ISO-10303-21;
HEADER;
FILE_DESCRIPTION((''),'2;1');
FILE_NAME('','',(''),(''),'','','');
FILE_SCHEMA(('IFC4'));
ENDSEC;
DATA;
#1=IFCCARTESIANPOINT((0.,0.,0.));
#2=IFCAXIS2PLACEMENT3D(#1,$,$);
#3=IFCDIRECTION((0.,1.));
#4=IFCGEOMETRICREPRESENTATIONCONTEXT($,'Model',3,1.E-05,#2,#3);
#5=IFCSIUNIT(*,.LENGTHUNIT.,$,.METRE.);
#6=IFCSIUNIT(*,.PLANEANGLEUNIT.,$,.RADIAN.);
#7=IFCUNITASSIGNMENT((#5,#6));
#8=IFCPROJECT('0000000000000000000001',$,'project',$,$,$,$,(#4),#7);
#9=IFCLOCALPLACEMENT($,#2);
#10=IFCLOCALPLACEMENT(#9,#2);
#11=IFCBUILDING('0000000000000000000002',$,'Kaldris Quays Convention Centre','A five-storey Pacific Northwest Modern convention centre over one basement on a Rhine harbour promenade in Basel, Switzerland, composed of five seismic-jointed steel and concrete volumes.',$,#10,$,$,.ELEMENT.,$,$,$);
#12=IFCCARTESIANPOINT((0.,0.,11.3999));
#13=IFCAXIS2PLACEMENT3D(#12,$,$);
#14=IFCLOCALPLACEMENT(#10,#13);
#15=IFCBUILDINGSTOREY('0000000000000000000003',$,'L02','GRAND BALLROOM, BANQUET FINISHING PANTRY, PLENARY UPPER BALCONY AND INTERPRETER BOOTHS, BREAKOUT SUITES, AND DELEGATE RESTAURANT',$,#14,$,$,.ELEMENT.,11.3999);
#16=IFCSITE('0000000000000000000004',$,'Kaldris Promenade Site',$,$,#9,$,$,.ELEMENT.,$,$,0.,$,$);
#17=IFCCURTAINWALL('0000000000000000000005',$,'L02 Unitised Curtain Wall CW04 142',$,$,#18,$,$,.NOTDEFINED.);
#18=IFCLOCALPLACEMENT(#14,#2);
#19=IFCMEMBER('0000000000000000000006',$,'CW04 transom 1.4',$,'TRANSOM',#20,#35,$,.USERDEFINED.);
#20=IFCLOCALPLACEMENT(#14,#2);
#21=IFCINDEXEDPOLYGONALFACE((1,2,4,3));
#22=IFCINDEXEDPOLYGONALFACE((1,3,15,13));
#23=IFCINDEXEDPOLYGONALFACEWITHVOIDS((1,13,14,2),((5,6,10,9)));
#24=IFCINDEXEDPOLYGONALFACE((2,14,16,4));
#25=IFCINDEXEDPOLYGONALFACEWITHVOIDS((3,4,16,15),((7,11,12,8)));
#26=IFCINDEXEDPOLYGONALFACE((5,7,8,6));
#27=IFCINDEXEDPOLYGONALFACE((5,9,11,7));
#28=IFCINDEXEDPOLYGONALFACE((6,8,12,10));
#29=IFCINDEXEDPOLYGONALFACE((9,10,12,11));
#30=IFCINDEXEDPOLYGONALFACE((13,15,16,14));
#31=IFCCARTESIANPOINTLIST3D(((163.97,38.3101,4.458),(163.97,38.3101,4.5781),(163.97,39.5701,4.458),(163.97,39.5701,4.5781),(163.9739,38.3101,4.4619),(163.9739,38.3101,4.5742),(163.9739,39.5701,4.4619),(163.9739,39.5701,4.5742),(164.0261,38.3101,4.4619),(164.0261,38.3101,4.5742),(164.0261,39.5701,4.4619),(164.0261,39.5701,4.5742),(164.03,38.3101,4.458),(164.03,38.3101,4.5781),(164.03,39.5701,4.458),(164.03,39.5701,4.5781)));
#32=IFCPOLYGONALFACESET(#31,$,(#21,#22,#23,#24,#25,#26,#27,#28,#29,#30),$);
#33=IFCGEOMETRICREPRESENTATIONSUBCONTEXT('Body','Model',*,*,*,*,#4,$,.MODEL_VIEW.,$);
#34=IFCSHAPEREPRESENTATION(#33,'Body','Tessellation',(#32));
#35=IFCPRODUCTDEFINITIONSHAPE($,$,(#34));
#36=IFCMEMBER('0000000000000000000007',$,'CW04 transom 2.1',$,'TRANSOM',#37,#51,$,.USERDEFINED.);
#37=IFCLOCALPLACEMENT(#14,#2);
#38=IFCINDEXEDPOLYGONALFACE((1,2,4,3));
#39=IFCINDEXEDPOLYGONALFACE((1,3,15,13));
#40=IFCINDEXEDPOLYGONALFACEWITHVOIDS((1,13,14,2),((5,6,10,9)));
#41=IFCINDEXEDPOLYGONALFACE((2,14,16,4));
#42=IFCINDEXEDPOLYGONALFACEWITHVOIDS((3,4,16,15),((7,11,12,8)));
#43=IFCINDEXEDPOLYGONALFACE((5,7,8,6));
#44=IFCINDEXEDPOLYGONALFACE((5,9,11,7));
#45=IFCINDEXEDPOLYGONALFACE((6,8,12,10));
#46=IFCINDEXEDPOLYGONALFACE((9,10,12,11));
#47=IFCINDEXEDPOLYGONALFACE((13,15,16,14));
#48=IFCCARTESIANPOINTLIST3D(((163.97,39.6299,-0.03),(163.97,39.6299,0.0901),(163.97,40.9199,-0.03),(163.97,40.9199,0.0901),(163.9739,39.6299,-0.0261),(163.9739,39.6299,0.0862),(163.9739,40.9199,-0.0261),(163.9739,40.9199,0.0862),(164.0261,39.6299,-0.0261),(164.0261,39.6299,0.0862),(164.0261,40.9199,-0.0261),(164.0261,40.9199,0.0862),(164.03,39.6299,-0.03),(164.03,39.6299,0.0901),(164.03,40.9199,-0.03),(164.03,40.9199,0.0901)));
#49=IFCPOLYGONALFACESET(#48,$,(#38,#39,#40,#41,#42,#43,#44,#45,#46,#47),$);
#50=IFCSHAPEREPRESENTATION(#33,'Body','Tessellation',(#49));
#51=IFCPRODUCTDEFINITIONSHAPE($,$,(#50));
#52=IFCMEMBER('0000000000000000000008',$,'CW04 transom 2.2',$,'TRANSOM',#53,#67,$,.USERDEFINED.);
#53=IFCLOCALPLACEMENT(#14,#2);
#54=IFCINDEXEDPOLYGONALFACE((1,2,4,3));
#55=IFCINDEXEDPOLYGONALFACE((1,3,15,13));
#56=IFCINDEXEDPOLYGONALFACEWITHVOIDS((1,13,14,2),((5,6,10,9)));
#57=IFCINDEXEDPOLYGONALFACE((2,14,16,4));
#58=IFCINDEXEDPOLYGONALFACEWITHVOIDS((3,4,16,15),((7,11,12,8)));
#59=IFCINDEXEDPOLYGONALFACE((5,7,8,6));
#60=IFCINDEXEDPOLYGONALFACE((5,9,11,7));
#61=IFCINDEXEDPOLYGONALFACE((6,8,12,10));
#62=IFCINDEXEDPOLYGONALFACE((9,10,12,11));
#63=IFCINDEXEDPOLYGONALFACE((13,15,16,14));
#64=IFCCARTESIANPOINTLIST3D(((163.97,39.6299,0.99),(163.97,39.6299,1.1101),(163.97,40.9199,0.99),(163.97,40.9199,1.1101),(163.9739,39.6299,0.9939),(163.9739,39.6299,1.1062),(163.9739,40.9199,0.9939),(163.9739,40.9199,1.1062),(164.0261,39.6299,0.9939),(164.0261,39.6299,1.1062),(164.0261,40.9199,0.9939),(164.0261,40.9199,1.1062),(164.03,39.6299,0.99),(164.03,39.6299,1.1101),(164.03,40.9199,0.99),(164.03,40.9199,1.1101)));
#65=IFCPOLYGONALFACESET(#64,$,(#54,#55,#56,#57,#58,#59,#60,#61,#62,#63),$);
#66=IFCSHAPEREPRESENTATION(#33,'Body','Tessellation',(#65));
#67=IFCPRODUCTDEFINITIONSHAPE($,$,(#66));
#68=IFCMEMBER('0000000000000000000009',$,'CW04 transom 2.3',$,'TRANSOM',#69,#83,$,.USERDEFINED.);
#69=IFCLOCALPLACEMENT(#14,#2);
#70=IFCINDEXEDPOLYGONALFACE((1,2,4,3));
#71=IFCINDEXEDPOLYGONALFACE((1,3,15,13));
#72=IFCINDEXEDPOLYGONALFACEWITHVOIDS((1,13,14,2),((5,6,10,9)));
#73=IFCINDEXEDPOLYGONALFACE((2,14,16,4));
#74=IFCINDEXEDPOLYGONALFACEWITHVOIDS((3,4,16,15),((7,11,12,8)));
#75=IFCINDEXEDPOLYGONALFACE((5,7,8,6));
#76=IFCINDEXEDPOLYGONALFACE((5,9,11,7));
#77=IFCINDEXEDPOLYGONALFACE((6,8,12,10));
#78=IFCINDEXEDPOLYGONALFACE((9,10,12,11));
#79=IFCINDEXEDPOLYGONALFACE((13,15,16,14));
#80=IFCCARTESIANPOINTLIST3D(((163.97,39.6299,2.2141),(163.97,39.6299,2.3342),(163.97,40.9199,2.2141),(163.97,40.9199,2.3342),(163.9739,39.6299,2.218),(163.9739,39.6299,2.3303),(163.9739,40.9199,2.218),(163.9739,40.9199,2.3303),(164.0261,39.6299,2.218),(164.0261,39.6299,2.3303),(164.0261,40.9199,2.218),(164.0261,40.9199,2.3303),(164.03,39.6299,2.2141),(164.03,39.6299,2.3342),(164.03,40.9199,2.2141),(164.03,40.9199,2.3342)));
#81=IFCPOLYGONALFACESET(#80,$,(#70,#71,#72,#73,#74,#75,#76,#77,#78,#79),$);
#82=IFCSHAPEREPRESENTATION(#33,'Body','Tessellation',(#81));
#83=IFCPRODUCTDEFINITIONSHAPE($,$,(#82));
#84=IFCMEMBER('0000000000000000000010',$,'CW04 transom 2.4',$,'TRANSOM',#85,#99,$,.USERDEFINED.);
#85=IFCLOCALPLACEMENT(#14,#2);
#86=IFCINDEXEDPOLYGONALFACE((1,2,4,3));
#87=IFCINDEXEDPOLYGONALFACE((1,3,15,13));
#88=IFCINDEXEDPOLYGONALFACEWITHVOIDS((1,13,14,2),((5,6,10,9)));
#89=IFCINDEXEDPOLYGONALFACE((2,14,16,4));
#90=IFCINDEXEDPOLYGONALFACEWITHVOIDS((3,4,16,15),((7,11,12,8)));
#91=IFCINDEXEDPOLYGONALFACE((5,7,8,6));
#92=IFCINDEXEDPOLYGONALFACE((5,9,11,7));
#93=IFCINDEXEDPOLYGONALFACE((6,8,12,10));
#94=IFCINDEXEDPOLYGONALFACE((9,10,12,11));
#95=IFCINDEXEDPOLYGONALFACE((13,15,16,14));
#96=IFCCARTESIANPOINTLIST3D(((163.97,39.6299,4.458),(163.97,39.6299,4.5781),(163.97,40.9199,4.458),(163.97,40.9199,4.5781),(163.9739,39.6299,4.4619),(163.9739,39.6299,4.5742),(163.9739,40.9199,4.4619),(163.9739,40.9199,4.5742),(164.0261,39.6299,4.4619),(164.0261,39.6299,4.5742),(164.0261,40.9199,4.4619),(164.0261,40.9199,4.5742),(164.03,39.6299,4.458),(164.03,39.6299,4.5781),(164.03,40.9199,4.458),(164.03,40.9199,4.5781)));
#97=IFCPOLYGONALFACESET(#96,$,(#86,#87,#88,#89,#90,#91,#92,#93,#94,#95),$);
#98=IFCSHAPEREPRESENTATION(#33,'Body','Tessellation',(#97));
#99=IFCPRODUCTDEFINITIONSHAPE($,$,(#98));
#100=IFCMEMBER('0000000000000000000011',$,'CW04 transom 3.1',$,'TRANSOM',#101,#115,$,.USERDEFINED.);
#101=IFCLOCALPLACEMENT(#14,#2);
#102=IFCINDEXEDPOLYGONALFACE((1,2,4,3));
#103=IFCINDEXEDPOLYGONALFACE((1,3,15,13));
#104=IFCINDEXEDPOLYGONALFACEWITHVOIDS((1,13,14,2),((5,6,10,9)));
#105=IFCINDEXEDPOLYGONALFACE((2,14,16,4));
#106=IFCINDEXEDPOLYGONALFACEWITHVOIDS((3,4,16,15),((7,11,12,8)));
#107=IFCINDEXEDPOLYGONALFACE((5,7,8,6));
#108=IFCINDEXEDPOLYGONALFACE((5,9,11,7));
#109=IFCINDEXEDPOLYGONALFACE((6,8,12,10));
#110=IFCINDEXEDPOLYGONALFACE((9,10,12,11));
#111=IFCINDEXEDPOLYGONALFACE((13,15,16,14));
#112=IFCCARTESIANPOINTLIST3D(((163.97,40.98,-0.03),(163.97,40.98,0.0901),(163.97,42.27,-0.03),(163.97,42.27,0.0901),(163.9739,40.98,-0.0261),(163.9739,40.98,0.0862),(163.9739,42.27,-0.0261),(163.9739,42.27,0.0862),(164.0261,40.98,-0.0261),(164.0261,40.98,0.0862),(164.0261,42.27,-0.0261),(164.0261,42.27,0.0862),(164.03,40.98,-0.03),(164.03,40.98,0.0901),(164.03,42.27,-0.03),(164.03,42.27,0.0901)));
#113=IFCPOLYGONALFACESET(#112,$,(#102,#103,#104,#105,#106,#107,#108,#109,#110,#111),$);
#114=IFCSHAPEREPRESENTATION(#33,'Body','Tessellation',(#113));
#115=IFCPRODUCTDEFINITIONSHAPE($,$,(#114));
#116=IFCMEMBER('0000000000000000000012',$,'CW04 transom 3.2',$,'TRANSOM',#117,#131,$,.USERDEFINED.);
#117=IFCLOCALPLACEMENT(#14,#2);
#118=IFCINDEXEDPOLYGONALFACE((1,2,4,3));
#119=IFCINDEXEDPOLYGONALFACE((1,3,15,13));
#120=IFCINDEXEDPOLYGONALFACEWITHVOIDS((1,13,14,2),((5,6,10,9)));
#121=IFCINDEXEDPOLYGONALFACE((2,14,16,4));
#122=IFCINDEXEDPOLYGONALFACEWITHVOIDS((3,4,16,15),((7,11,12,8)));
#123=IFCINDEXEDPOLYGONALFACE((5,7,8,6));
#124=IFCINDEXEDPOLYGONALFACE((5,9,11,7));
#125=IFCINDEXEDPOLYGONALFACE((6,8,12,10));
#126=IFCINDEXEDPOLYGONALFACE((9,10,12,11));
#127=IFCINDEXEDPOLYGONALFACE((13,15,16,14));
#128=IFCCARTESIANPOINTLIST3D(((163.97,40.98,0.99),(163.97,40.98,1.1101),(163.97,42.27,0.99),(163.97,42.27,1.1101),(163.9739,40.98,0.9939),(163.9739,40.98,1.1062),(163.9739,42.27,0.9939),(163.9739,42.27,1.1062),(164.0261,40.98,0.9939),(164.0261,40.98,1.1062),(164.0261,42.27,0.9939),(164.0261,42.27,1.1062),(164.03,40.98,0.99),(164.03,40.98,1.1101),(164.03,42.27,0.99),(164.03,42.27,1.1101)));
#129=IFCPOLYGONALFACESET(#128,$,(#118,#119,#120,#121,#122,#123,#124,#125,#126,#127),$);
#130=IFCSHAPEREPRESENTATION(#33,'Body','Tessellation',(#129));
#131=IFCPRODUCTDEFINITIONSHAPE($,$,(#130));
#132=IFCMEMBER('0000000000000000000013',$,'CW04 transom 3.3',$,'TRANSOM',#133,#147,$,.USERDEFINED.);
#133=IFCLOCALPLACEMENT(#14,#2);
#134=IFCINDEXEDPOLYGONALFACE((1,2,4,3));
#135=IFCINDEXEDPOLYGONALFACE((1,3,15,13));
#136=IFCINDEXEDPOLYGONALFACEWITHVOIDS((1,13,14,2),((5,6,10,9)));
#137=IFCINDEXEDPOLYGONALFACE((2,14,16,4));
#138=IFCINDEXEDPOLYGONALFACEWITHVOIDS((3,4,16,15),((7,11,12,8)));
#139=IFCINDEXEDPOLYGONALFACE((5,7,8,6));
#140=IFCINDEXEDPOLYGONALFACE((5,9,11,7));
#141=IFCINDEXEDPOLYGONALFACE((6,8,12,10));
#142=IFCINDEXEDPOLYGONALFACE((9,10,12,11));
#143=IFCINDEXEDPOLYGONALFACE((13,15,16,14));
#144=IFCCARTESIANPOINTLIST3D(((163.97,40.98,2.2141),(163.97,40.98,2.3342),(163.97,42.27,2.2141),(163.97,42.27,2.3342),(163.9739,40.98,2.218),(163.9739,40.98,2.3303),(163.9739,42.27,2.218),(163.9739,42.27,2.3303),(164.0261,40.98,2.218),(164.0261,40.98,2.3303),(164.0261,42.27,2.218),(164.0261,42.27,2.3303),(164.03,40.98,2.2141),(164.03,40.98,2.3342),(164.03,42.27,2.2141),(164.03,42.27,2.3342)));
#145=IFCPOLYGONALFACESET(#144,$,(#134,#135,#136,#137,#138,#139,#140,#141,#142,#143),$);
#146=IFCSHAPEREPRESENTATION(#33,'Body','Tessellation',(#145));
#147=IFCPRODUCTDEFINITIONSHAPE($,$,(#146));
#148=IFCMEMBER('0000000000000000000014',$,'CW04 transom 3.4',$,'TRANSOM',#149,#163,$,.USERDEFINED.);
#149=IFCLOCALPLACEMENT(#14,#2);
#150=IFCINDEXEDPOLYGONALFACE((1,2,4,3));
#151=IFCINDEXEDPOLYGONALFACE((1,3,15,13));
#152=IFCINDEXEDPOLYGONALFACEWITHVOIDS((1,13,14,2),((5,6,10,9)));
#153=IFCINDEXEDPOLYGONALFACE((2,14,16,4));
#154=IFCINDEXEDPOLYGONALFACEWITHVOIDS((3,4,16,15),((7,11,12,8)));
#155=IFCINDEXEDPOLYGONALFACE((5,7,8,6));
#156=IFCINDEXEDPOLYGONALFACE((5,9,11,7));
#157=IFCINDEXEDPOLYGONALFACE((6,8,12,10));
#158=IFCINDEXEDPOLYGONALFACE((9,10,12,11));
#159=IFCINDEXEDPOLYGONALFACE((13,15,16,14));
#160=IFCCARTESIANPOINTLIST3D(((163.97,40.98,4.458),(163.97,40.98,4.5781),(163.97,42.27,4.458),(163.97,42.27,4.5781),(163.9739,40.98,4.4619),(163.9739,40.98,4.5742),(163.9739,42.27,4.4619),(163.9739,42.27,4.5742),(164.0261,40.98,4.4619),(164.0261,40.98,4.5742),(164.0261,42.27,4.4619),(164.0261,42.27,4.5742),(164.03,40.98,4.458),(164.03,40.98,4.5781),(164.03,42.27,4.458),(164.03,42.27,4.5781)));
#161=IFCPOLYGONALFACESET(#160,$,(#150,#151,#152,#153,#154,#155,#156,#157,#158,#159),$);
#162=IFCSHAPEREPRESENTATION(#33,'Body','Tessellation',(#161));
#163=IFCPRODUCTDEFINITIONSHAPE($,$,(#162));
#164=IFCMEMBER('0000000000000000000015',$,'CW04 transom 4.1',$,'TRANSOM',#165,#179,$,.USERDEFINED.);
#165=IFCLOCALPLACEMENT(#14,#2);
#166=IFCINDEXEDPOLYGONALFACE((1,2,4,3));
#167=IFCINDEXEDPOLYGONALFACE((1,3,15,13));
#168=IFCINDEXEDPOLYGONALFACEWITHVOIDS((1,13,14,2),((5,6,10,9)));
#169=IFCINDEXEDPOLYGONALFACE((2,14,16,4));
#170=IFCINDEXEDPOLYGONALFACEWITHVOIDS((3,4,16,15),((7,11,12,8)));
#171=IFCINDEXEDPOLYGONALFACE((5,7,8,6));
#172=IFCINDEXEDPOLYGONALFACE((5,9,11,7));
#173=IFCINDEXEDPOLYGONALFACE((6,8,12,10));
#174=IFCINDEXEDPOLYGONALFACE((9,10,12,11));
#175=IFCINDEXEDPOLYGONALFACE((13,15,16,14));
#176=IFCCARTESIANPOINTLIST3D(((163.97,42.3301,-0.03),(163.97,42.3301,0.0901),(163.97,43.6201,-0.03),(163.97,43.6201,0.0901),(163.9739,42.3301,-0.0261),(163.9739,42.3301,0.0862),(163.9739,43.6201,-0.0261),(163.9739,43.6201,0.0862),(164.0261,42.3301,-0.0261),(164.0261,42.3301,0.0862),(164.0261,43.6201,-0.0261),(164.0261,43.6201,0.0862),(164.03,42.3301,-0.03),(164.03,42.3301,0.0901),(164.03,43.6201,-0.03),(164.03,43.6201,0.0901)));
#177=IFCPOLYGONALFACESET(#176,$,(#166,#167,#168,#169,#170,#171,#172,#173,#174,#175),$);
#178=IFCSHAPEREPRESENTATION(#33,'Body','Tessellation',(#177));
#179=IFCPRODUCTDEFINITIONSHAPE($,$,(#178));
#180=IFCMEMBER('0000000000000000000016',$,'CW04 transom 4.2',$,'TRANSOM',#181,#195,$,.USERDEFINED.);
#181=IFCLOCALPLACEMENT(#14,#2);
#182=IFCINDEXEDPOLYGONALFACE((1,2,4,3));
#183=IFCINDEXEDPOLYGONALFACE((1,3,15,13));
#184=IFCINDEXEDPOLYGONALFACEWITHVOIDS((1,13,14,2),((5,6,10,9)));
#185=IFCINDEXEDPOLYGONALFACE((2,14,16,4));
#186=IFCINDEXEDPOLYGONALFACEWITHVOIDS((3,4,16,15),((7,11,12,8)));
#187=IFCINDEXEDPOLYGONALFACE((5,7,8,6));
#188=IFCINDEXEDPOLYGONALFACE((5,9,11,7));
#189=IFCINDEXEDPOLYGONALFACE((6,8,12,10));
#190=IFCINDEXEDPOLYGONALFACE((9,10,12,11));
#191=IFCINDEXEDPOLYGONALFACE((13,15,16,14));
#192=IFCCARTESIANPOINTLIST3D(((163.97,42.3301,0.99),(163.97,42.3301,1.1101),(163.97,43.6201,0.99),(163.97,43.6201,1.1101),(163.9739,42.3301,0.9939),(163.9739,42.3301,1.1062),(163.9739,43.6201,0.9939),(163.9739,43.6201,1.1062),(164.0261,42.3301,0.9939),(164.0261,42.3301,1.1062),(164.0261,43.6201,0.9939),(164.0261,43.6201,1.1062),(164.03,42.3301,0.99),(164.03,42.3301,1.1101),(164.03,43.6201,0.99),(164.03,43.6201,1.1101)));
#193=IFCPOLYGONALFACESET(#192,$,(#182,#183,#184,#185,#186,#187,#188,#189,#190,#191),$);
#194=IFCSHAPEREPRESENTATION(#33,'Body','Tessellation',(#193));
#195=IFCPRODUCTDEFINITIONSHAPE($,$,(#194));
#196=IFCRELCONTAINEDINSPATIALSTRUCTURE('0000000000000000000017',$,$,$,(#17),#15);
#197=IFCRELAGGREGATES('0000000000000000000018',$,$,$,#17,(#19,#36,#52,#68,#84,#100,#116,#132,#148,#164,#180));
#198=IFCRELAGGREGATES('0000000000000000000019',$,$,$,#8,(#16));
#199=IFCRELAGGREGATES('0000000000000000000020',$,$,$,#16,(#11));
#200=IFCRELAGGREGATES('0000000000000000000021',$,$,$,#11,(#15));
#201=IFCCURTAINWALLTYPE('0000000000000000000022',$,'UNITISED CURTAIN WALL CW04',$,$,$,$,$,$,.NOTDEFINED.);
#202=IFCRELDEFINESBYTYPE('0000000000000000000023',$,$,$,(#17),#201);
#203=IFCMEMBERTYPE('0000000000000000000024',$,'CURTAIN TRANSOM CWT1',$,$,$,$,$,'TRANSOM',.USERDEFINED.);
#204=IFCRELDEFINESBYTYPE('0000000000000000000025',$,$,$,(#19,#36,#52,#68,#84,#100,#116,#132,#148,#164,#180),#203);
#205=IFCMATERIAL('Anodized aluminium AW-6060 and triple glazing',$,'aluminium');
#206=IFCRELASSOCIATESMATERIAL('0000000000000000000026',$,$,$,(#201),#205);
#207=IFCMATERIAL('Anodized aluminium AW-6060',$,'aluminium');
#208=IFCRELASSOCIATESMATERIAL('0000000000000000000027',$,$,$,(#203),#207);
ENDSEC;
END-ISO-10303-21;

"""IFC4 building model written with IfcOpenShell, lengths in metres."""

from ifc_helpers import new_model, si_unit, direction, frame, origin, origin_2d, place, context, subcontext, project, spatial, hollow_rectangle, extrude, material, material_profile, profile_set, type_object, element, aggregate, save


model = new_model("IFC4")

# Units and contexts
model_context = context("Model", 3, precision=1e-05, world=origin(), true_north=direction((0.0, 1.0)))
body_context = subcontext(model_context, "Body", "Model", "MODEL_VIEW")
ifc_project = project(units=[si_unit("LENGTHUNIT", "METRE"), si_unit("PLANEANGLEUNIT", "RADIAN")], contexts=[model_context])

# Site, building, storey
site_placement = place(None, origin())
site = spatial("IfcSite", under=ifc_project, at=site_placement, Name="Kaldris Promenade Site", CompositionType="ELEMENT", RefElevation=0.0)
building_placement = place(site_placement, origin())
building = spatial("IfcBuilding", under=site, at=building_placement, Name="Kaldris Quays Convention Centre", Description="A five-storey Pacific Northwest Modern convention centre over one basement on a Rhine harbour promenade in Basel, Switzerland, composed of five seismic-jointed steel and concrete volumes.", CompositionType="ELEMENT")
storey_placement = place(building_placement, frame((0.0, 0.0, 11.3999)))
storey = spatial("IfcBuildingStorey", under=building, at=storey_placement, Name="L02", Description="GRAND BALLROOM, BANQUET FINISHING PANTRY, PLENARY UPPER BALCONY AND INTERPRETER BOOTHS, BREAKOUT SUITES, AND DELEGATE RESTAURANT", CompositionType="ELEMENT", Elevation=11.3999)

# Curtain wall
ifc_material_1 = material(Name="Anodized aluminium AW-6060 and triple glazing", Category="aluminium")
curtain_wall_type_1 = type_object("IfcCurtainWallType", Name="UNITISED CURTAIN WALL CW04", PredefinedType="NOTDEFINED", material=ifc_material_1)
curtain_wall_1_placement = place(storey_placement, origin())
curtain_wall_1 = element("IfcCurtainWall", 1, at=curtain_wall_1_placement, inside=storey, type_object=curtain_wall_type_1, Name="L02 Unitised Curtain Wall CW04 142", PredefinedType="NOTDEFINED")
ifc_material_2 = material(Name="Anodized aluminium AW-6060", Category="aluminium")

# Members
ifc_material_profile_1 = material_profile(ifc_material_2, hollow_rectangle(XDim=0.0601, YDim=0.1201, WallThickness=0.0039, at=origin_2d()), Name="RHS 120x60x4")
ifc_profile_set_1 = profile_set([ifc_material_profile_1], Name="Anodized aluminium AW-6060")
member_type_1 = type_object("IfcMemberType", Name="CURTAIN TRANSOM CWT1", ElementType="TRANSOM", PredefinedType="USERDEFINED", material=ifc_profile_set_1)
member_1_placement = place(storey_placement, frame((164.0, 38.3101, 4.5181), z_axis=(0.0, 1.0, 0.0), x_axis=(-1.0, 0.0, 0.0)))
member_1 = element("IfcMember", 2, at=member_1_placement, type_object=member_type_1, Name="CW04 transom 1.4", ObjectType="TRANSOM", PredefinedType="USERDEFINED", context=body_context, shape_type="SweptSolid", body=[
    extrude(hollow_rectangle(XDim=0.0601, YDim=0.1201, WallThickness=0.0039, at=origin_2d()), origin(), (0.0, 0.0, 1.0), 1.26),
])
member_2_placement = place(storey_placement, frame((164.0, 39.6299, 0.03), z_axis=(0.0, 1.0, 0.0), x_axis=(-1.0, 0.0, 0.0)))
member_2 = element("IfcMember", 3, at=member_2_placement, type_object=member_type_1, Name="CW04 transom 2.1", ObjectType="TRANSOM", PredefinedType="USERDEFINED", context=body_context, shape_type="SweptSolid", body=[
    extrude(hollow_rectangle(XDim=0.0601, YDim=0.1201, WallThickness=0.0039, at=origin_2d()), origin(), (0.0, 0.0, 1.0), 1.29),
])
member_3_placement = place(storey_placement, frame((164.0, 39.6299, 1.05), z_axis=(0.0, 1.0, 0.0), x_axis=(-1.0, 0.0, 0.0)))
member_3 = element("IfcMember", 4, at=member_3_placement, type_object=member_type_1, Name="CW04 transom 2.2", ObjectType="TRANSOM", PredefinedType="USERDEFINED", context=body_context, shape_type="SweptSolid", body=[
    extrude(hollow_rectangle(XDim=0.0601, YDim=0.1201, WallThickness=0.0039, at=origin_2d()), origin(), (0.0, 0.0, 1.0), 1.29),
])
member_4_placement = place(storey_placement, frame((164.0, 39.6299, 2.2742), z_axis=(0.0, 1.0, 0.0), x_axis=(-1.0, 0.0, 0.0)))
member_4 = element("IfcMember", 5, at=member_4_placement, type_object=member_type_1, Name="CW04 transom 2.3", ObjectType="TRANSOM", PredefinedType="USERDEFINED", context=body_context, shape_type="SweptSolid", body=[
    extrude(hollow_rectangle(XDim=0.0601, YDim=0.1201, WallThickness=0.0039, at=origin_2d()), origin(), (0.0, 0.0, 1.0), 1.29),
])
member_5_placement = place(storey_placement, frame((164.0, 39.6299, 4.5181), z_axis=(0.0, 1.0, 0.0), x_axis=(-1.0, 0.0, 0.0)))
member_5 = element("IfcMember", 6, at=member_5_placement, type_object=member_type_1, Name="CW04 transom 2.4", ObjectType="TRANSOM", PredefinedType="USERDEFINED", context=body_context, shape_type="SweptSolid", body=[
    extrude(hollow_rectangle(XDim=0.0601, YDim=0.1201, WallThickness=0.0039, at=origin_2d()), origin(), (0.0, 0.0, 1.0), 1.29),
])
member_6_placement = place(storey_placement, frame((164.0, 40.98, 0.03), z_axis=(0.0, 1.0, 0.0), x_axis=(-1.0, 0.0, 0.0)))
member_6 = element("IfcMember", 7, at=member_6_placement, type_object=member_type_1, Name="CW04 transom 3.1", ObjectType="TRANSOM", PredefinedType="USERDEFINED", context=body_context, shape_type="SweptSolid", body=[
    extrude(hollow_rectangle(XDim=0.0601, YDim=0.1201, WallThickness=0.0039, at=origin_2d()), origin(), (0.0, 0.0, 1.0), 1.29),
])
member_7_placement = place(storey_placement, frame((164.0, 40.98, 1.05), z_axis=(0.0, 1.0, 0.0), x_axis=(-1.0, 0.0, 0.0)))
member_7 = element("IfcMember", 8, at=member_7_placement, type_object=member_type_1, Name="CW04 transom 3.2", ObjectType="TRANSOM", PredefinedType="USERDEFINED", context=body_context, shape_type="SweptSolid", body=[
    extrude(hollow_rectangle(XDim=0.0601, YDim=0.1201, WallThickness=0.0039, at=origin_2d()), origin(), (0.0, 0.0, 1.0), 1.29),
])
member_8_placement = place(storey_placement, frame((164.0, 40.98, 2.2742), z_axis=(0.0, 1.0, 0.0), x_axis=(-1.0, 0.0, 0.0)))
member_8 = element("IfcMember", 9, at=member_8_placement, type_object=member_type_1, Name="CW04 transom 3.3", ObjectType="TRANSOM", PredefinedType="USERDEFINED", context=body_context, shape_type="SweptSolid", body=[
    extrude(hollow_rectangle(XDim=0.0601, YDim=0.1201, WallThickness=0.0039, at=origin_2d()), origin(), (0.0, 0.0, 1.0), 1.29),
])
member_9_placement = place(storey_placement, frame((164.0, 40.98, 4.5181), z_axis=(0.0, 1.0, 0.0), x_axis=(-1.0, 0.0, 0.0)))
member_9 = element("IfcMember", 10, at=member_9_placement, type_object=member_type_1, Name="CW04 transom 3.4", ObjectType="TRANSOM", PredefinedType="USERDEFINED", context=body_context, shape_type="SweptSolid", body=[
    extrude(hollow_rectangle(XDim=0.0601, YDim=0.1201, WallThickness=0.0039, at=origin_2d()), origin(), (0.0, 0.0, 1.0), 1.29),
])
member_10_placement = place(storey_placement, frame((164.0, 42.3301, 0.03), z_axis=(0.0, 1.0, 0.0), x_axis=(-1.0, 0.0, 0.0)))
member_10 = element("IfcMember", 11, at=member_10_placement, type_object=member_type_1, Name="CW04 transom 4.1", ObjectType="TRANSOM", PredefinedType="USERDEFINED", context=body_context, shape_type="SweptSolid", body=[
    extrude(hollow_rectangle(XDim=0.0601, YDim=0.1201, WallThickness=0.0039, at=origin_2d()), origin(), (0.0, 0.0, 1.0), 1.29),
])
member_11_placement = place(storey_placement, frame((164.0, 42.3301, 1.05), z_axis=(0.0, 1.0, 0.0), x_axis=(-1.0, 0.0, 0.0)))
member_11 = element("IfcMember", 12, at=member_11_placement, type_object=member_type_1, Name="CW04 transom 4.2", ObjectType="TRANSOM", PredefinedType="USERDEFINED", context=body_context, shape_type="SweptSolid", body=[
    extrude(hollow_rectangle(XDim=0.0601, YDim=0.1201, WallThickness=0.0039, at=origin_2d()), origin(), (0.0, 0.0, 1.0), 1.29),
])

aggregate(curtain_wall_1, [member_1, member_2, member_3, member_4, member_5, member_6, member_7, member_8, member_9, member_10, member_11])

save(model, "model.ifc")
